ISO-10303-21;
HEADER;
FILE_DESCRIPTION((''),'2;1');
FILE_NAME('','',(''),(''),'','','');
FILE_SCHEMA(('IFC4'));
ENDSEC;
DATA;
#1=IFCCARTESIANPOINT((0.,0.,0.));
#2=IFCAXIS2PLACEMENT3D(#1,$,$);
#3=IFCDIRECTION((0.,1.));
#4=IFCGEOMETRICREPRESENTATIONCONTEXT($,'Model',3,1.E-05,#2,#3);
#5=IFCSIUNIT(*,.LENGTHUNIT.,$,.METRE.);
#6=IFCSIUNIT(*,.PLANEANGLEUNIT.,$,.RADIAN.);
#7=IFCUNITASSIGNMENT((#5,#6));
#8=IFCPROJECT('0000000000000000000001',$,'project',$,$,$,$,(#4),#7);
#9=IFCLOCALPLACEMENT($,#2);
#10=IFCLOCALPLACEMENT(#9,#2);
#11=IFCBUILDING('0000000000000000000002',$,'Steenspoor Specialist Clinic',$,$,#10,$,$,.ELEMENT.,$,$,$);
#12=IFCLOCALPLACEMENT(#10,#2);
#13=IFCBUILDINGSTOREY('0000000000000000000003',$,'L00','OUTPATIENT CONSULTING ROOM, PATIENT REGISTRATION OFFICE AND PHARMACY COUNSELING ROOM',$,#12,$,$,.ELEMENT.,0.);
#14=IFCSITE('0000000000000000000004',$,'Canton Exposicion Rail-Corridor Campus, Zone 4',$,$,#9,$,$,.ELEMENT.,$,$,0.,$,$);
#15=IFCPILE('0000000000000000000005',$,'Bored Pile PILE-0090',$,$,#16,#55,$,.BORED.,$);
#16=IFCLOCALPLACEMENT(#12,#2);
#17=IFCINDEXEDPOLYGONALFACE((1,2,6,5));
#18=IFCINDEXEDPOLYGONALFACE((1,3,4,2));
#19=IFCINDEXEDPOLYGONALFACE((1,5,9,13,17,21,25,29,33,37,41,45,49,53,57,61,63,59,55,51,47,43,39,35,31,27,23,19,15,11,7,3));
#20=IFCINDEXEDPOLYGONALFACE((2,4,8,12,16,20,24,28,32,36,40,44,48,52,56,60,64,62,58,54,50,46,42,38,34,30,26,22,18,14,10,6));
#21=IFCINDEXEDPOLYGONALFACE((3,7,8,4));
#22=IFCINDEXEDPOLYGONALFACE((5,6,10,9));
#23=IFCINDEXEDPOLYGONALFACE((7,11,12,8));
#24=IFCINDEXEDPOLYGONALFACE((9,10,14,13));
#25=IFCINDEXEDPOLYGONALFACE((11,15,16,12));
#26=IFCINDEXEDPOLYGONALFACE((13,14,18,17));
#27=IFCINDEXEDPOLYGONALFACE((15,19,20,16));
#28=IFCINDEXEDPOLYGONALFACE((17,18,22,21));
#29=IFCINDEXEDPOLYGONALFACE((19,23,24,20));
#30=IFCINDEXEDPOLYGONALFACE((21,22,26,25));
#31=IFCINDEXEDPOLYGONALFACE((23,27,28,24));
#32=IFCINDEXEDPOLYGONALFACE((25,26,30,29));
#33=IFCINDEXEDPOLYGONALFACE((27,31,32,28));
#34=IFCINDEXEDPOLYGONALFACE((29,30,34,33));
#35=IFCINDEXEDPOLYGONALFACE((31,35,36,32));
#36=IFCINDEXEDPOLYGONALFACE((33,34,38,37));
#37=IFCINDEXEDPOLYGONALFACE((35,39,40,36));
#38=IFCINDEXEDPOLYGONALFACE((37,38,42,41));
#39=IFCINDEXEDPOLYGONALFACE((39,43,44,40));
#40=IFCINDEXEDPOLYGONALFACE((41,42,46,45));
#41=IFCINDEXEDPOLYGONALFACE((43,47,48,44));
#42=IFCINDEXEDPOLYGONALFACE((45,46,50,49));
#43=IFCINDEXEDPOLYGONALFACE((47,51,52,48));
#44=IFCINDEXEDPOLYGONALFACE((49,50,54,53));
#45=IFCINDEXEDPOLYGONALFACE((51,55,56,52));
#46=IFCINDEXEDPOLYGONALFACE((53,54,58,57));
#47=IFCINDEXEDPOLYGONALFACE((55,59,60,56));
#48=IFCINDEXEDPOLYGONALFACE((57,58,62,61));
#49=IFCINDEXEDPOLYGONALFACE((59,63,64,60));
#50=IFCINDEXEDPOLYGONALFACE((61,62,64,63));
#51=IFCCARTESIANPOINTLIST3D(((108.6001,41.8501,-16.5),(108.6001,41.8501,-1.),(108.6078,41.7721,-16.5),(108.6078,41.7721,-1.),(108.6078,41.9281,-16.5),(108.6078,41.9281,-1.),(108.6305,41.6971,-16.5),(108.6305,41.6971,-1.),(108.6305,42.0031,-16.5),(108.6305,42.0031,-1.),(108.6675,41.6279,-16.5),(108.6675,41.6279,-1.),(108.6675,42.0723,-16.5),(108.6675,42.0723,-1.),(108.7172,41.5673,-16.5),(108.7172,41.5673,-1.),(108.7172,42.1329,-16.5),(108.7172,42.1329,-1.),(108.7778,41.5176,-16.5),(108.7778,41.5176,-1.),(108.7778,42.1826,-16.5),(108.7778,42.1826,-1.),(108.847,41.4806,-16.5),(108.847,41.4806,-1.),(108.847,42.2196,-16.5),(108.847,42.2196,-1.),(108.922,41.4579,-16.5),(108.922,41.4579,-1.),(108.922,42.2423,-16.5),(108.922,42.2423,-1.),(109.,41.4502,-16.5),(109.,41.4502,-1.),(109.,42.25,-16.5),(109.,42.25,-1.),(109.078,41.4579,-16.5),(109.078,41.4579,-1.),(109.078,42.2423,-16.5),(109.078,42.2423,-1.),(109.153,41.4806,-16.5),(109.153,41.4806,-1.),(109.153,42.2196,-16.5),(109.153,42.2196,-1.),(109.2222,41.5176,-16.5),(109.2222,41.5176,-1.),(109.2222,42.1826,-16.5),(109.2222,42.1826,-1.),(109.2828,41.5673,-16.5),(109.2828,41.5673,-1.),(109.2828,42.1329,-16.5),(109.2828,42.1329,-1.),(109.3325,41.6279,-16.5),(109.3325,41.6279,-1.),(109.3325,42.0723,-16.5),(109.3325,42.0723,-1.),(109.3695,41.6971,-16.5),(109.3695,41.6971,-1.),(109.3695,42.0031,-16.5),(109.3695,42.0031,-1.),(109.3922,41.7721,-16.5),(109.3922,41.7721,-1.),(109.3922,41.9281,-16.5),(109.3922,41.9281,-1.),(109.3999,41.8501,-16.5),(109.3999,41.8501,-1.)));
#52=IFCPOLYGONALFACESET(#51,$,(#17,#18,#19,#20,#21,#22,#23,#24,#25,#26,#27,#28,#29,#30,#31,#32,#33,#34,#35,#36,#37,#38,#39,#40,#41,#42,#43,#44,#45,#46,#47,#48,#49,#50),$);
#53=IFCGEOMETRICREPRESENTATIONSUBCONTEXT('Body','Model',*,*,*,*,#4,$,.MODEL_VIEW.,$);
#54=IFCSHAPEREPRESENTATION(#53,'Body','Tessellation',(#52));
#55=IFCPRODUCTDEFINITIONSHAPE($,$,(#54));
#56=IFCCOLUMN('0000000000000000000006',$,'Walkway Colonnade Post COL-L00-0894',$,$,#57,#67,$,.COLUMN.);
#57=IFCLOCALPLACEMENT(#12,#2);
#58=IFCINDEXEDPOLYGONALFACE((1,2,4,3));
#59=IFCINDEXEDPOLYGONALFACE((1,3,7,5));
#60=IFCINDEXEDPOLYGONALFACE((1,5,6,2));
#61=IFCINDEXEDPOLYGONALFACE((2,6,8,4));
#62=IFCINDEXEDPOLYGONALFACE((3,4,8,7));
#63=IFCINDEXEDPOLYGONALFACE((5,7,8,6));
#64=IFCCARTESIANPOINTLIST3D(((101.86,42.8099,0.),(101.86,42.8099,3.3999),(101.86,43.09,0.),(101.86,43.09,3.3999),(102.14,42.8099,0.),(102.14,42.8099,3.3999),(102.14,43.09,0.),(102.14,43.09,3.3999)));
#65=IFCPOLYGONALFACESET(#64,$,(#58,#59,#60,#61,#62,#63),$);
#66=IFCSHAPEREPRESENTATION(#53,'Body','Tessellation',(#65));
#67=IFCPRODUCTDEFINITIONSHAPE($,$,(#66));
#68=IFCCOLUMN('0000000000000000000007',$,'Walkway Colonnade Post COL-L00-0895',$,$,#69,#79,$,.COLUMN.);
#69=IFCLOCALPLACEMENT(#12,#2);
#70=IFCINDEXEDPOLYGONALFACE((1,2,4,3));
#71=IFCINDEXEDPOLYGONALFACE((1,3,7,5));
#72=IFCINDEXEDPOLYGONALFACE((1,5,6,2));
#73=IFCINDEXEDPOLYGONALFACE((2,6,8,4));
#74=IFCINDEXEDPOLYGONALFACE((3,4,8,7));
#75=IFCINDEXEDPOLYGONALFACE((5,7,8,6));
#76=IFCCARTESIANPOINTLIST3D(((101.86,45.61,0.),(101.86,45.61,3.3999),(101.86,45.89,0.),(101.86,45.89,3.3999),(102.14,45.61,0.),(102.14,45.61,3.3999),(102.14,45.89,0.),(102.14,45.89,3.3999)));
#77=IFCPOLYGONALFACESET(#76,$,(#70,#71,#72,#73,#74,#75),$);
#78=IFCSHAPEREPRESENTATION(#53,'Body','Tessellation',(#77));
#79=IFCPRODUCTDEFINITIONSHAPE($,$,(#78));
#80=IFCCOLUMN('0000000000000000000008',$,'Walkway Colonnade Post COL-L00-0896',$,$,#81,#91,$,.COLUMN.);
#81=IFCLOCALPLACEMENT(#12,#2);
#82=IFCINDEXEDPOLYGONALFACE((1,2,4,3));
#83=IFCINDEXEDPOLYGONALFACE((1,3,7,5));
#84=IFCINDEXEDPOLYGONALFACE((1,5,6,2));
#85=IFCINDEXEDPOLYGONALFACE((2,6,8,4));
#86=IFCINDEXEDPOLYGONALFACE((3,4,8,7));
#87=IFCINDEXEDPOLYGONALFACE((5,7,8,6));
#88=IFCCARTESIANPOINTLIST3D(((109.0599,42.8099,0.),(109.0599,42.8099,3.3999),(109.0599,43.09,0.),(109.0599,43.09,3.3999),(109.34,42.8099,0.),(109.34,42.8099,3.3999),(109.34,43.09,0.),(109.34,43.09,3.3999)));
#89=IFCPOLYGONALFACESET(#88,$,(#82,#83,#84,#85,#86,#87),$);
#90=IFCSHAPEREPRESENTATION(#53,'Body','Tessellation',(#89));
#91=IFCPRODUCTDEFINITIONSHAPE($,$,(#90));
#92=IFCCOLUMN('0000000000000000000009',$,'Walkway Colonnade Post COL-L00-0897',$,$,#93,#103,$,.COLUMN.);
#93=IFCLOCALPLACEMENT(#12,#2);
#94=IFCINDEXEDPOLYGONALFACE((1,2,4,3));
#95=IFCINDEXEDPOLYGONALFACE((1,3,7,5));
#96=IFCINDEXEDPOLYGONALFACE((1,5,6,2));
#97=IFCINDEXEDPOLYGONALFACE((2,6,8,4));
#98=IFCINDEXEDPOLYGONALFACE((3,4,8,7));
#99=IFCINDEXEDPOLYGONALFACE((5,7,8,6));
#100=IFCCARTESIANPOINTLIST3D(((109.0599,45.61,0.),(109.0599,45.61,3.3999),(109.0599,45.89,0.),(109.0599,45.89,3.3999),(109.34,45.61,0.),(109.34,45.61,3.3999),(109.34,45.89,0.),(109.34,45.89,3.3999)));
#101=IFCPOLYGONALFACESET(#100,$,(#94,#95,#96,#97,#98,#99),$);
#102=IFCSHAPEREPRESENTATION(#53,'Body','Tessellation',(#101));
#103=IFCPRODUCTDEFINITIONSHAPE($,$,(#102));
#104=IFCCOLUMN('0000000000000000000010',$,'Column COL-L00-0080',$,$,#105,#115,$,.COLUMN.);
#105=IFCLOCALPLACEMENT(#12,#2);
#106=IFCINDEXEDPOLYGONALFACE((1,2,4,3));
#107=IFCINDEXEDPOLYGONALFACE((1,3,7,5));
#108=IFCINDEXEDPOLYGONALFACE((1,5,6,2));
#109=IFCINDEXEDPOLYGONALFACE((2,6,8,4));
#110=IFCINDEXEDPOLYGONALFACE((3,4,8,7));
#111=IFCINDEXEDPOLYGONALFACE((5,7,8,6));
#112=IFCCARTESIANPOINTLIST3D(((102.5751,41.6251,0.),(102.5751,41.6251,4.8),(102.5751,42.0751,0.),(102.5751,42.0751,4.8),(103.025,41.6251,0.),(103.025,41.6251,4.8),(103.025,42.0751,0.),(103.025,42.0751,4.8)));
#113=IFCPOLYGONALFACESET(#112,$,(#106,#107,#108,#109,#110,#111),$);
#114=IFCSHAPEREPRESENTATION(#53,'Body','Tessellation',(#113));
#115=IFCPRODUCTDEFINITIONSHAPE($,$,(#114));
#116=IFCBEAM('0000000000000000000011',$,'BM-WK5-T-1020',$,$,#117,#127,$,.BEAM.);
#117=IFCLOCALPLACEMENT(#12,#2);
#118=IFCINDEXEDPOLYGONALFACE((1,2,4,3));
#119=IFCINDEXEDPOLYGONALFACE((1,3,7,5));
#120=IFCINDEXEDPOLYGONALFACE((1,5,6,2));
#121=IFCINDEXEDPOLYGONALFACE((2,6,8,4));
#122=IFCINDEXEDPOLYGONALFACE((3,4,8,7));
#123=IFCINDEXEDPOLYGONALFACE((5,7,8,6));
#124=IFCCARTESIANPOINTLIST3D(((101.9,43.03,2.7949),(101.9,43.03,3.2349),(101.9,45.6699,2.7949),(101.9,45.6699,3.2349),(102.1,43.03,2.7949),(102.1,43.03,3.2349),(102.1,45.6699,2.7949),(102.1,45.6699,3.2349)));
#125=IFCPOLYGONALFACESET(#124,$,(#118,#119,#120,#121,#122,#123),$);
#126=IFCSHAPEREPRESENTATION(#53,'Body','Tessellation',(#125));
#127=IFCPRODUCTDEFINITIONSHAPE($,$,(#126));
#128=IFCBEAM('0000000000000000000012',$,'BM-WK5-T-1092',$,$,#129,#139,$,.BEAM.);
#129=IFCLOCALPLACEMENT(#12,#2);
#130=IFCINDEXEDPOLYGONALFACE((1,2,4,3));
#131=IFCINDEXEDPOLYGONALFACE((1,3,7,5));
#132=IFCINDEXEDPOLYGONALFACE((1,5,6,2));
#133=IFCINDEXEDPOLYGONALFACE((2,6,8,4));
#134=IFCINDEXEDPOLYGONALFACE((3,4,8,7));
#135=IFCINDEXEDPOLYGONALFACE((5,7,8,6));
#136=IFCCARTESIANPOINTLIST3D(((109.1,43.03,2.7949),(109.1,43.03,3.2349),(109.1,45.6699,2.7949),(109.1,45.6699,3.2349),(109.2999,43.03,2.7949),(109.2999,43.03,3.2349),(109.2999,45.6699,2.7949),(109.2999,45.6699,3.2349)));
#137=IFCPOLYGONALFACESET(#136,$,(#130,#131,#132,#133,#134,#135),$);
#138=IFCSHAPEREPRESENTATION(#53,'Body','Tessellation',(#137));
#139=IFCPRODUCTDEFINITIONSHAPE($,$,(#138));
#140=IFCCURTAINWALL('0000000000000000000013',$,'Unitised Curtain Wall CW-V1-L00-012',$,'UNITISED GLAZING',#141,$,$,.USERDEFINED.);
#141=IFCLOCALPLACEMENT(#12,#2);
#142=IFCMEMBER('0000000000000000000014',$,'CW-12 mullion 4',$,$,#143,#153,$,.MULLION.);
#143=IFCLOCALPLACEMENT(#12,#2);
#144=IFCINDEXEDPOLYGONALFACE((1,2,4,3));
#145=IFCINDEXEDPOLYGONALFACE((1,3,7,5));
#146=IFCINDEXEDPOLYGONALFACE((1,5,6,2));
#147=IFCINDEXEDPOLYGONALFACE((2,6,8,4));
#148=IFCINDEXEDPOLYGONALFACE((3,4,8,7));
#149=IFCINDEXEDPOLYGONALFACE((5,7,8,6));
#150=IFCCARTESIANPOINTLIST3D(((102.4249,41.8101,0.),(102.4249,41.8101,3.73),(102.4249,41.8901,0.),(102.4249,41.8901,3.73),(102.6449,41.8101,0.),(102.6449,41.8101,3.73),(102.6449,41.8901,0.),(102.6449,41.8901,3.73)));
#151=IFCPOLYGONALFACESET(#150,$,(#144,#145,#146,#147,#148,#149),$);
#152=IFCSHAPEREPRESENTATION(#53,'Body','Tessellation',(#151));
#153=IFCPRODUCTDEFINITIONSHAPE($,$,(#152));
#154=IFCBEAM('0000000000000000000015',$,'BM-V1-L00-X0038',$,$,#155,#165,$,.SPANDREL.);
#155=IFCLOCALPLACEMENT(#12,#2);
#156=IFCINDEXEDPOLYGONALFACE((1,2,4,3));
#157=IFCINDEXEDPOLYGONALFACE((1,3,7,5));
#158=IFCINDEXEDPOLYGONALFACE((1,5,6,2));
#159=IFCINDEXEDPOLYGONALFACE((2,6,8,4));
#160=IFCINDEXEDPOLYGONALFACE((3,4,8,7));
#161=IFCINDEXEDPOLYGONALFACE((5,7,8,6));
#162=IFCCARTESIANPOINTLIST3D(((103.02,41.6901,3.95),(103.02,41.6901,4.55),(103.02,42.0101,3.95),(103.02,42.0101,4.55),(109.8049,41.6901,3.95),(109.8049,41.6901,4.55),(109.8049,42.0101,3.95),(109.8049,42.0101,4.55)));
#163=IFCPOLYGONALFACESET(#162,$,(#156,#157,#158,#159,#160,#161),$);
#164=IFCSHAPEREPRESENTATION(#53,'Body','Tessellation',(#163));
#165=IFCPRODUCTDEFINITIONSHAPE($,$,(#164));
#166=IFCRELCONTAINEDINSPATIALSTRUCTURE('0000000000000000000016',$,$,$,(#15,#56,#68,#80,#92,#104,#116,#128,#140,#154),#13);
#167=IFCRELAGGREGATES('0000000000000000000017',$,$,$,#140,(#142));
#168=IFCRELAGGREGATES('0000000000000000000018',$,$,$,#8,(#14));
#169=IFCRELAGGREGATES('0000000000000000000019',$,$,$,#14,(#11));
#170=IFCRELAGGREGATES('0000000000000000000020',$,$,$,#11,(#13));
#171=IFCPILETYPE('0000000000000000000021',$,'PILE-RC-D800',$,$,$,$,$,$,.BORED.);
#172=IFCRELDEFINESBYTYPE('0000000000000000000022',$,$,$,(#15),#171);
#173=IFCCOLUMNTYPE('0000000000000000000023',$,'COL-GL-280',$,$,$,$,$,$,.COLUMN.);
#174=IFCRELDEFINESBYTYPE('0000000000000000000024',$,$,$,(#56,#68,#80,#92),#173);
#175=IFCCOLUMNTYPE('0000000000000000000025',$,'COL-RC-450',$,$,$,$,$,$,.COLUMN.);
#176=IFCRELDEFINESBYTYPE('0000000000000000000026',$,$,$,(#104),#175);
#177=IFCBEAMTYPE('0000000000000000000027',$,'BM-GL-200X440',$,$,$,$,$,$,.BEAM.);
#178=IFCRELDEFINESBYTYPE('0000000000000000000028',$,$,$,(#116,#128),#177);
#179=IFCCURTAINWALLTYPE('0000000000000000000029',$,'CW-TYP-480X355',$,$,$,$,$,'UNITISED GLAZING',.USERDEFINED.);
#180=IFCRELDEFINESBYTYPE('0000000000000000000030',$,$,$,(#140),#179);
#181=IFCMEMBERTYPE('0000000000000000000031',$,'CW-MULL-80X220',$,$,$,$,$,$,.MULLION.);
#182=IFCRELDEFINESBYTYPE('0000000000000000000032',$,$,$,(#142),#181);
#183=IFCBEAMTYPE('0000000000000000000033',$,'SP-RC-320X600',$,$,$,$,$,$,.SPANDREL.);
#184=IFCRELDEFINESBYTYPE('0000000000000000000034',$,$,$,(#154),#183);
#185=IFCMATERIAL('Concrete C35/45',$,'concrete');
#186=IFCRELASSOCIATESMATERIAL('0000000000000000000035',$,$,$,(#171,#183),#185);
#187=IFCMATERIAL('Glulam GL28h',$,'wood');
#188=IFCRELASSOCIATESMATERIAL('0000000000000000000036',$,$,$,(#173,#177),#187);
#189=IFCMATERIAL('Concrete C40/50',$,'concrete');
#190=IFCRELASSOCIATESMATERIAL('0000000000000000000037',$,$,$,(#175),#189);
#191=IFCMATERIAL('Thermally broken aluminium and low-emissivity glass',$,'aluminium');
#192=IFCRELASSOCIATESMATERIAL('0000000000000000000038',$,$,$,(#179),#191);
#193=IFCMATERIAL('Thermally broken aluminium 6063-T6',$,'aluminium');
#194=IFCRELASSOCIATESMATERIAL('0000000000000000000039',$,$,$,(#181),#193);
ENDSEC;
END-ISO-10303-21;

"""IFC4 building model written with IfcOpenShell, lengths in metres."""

from ifc_helpers import new_model, si_unit, direction, frame, origin, origin_2d, place, context, subcontext, project, spatial, rectangle, circle, extrude, material, material_profile, profile_set, type_object, element, aggregate, save


model = new_model("IFC4")

# Units and contexts
model_context = context("Model", 3, precision=1e-05, world=origin(), true_north=direction((0.0, 1.0)))
body_context = subcontext(model_context, "Body", "Model", "MODEL_VIEW")
ifc_project = project(units=[si_unit("LENGTHUNIT", "METRE"), si_unit("PLANEANGLEUNIT", "RADIAN")], contexts=[model_context])

# Site, building, storey
site_placement = place(None, origin())
site = spatial("IfcSite", under=ifc_project, at=site_placement, Name="Canton Exposicion Rail-Corridor Campus, Zone 4", CompositionType="ELEMENT", RefElevation=0.0)
building_placement = place(site_placement, origin())
building = spatial("IfcBuilding", under=site, at=building_placement, Name="Steenspoor Specialist Clinic", CompositionType="ELEMENT")
storey_placement = place(building_placement, origin())
storey = spatial("IfcBuildingStorey", under=building, at=storey_placement, Name="L00", Description="OUTPATIENT CONSULTING ROOM, PATIENT REGISTRATION OFFICE AND PHARMACY COUNSELING ROOM", CompositionType="ELEMENT", Elevation=0.0)

# Shared definitions
ifc_material_1 = material(Name="Concrete C35/45", Category="concrete")

# Pile
ifc_material_profile_1 = material_profile(ifc_material_1, circle(Radius=0.3999, at=origin_2d()), Name="PILE-D800")
ifc_profile_set_1 = profile_set([ifc_material_profile_1], Name="Concrete C35/45")
pile_type_1 = type_object("IfcPileType", Name="PILE-RC-D800", PredefinedType="BORED", material=ifc_profile_set_1)
pile_1_placement = place(storey_placement, frame((109.0, 41.8501, -1.0), z_axis=(0.0, 0.0, -1.0), x_axis=(1.0, 0.0, 0.0)))
element("IfcPile", 1, at=pile_1_placement, inside=storey, type_object=pile_type_1, Name="Bored Pile PILE-0090", PredefinedType="BORED", context=body_context, shape_type="SweptSolid", body=[
    extrude(circle(Radius=0.3999, at=origin_2d()), origin(), (0.0, 0.0, 1.0), 15.5),
])

# Columns
ifc_material_2 = material(Name="Glulam GL28h", Category="wood")
ifc_material_profile_2 = material_profile(ifc_material_2, rectangle(XDim=0.28, YDim=0.28, at=origin_2d()), Name="GL28H-280X280")
ifc_profile_set_2 = profile_set([ifc_material_profile_2], Name="Glulam GL28h")
column_type_1 = type_object("IfcColumnType", Name="COL-GL-280", PredefinedType="COLUMN", material=ifc_profile_set_2)
for number, where, z_axis, x_axis, name in (
    (2, (102.0, 42.95, 0.0), (0.0, 0.0, 1.0), (1.0, 0.0, 0.0), "Walkway Colonnade Post COL-L00-0894"),
    (3, (102.0, 45.75, 0.0), (0.0, 0.0, 1.0), (1.0, 0.0, 0.0), "Walkway Colonnade Post COL-L00-0895"),
    (4, (109.2, 42.95, 0.0), (0.0, 0.0, 1.0), (1.0, 0.0, 0.0), "Walkway Colonnade Post COL-L00-0896"),
    (5, (109.2, 45.75, 0.0), (0.0, 0.0, 1.0), (1.0, 0.0, 0.0), "Walkway Colonnade Post COL-L00-0897"),
):
    element("IfcColumn", number, at=place(storey_placement, frame(where, z_axis=z_axis, x_axis=x_axis)), inside=storey, type_object=column_type_1, Name=name, PredefinedType="COLUMN", context=body_context, shape_type="SweptSolid", body=[
        extrude(rectangle(XDim=0.28, YDim=0.28, at=origin_2d()), origin(), (0.0, 0.0, 1.0), 3.3999),
    ])
ifc_material_3 = material(Name="Concrete C40/50", Category="concrete")
ifc_material_profile_3 = material_profile(ifc_material_3, rectangle(XDim=0.45, YDim=0.45, at=origin_2d()), Name="RC-COL-450X450")
ifc_profile_set_3 = profile_set([ifc_material_profile_3], Name="Concrete C40/50")
column_type_2 = type_object("IfcColumnType", Name="COL-RC-450", PredefinedType="COLUMN", material=ifc_profile_set_3)
column_placement = place(storey_placement, frame((102.8, 41.8501, 0.0), z_axis=(0.0, 0.0, 1.0), x_axis=(1.0, 0.0, 0.0)))
element("IfcColumn", 6, at=column_placement, inside=storey, type_object=column_type_2, Name="Column COL-L00-0080", PredefinedType="COLUMN", context=body_context, shape_type="SweptSolid", body=[
    extrude(rectangle(XDim=0.45, YDim=0.45, at=origin_2d()), origin(), (0.0, 0.0, 1.0), 4.8),
])

# Beams
ifc_material_profile_4 = material_profile(ifc_material_2, rectangle(XDim=0.2, YDim=0.4399, at=origin_2d()), Name="GL28H-200X440")
ifc_profile_set_4 = profile_set([ifc_material_profile_4], Name="Glulam GL28h")
beam_type_1 = type_object("IfcBeamType", Name="BM-GL-200X440", PredefinedType="BEAM", material=ifc_profile_set_4)
for number, where, z_axis, x_axis, name in (
    (7, (102.0, 43.03, 3.0149), (0.0, 1.0, 0.0), (-1.0, 0.0, 0.0), "BM-WK5-T-1020"),
    (8, (109.2, 43.03, 3.0149), (0.0, 1.0, 0.0), (-1.0, 0.0, 0.0), "BM-WK5-T-1092"),
):
    element("IfcBeam", number, at=place(storey_placement, frame(where, z_axis=z_axis, x_axis=x_axis)), inside=storey, type_object=beam_type_1, Name=name, PredefinedType="BEAM", context=body_context, shape_type="SweptSolid", body=[
        extrude(rectangle(XDim=0.2, YDim=0.4399, at=origin_2d()), origin(), (0.0, 0.0, 1.0), 2.6399),
    ])

# Curtain wall, member
ifc_material_4 = material(Name="Thermally broken aluminium and low-emissivity glass", Category="aluminium")
curtain_wall_type = type_object("IfcCurtainWallType", Name="CW-TYP-480X355", ElementType="UNITISED GLAZING", PredefinedType="USERDEFINED", material=ifc_material_4)
curtain_wall_placement = place(storey_placement, origin())
curtain_wall = element("IfcCurtainWall", 9, at=curtain_wall_placement, inside=storey, type_object=curtain_wall_type, Name="Unitised Curtain Wall CW-V1-L00-012", ObjectType="UNITISED GLAZING", PredefinedType="USERDEFINED")
ifc_material_5 = material(Name="Thermally broken aluminium 6063-T6", Category="aluminium")
ifc_material_profile_5 = material_profile(ifc_material_5, rectangle(XDim=0.0801, YDim=0.22, at=origin_2d()), Name="CWM-80X220")
ifc_profile_set_5 = profile_set([ifc_material_profile_5], Name="Thermally broken aluminium 6063-T6")
member_type = type_object("IfcMemberType", Name="CW-MULL-80X220", PredefinedType="MULLION", material=ifc_profile_set_5)
member_placement = place(storey_placement, frame((102.5349, 41.8501, 0.0), z_axis=(0.0, 0.0, 1.0), x_axis=(0.0, 1.0, 0.0)))
member = element("IfcMember", 10, at=member_placement, type_object=member_type, Name="CW-12 mullion 4", PredefinedType="MULLION", context=body_context, shape_type="SweptSolid", body=[
    extrude(rectangle(XDim=0.0801, YDim=0.22, at=origin_2d()), origin(), (0.0, 0.0, 1.0), 3.73),
])
aggregate(curtain_wall, [member])

# Beam
ifc_material_profile_6 = material_profile(ifc_material_1, rectangle(XDim=0.3201, YDim=0.6001, at=origin_2d()), Name="RC-SP-320X600")
ifc_profile_set_6 = profile_set([ifc_material_profile_6], Name="Concrete C35/45")
beam_type_2 = type_object("IfcBeamType", Name="SP-RC-320X600", PredefinedType="SPANDREL", material=ifc_profile_set_6)
beam_placement = place(storey_placement, frame((103.02, 41.8501, 4.25), z_axis=(1.0, 0.0, 0.0), x_axis=(0.0, 1.0, 0.0)))
element("IfcBeam", 11, at=beam_placement, inside=storey, type_object=beam_type_2, Name="BM-V1-L00-X0038", PredefinedType="SPANDREL", context=body_context, shape_type="SweptSolid", body=[
    extrude(rectangle(XDim=0.3201, YDim=0.6001, at=origin_2d()), origin(), (0.0, 0.0, 1.0), 6.7849),
])

save(model, "model.ifc")
